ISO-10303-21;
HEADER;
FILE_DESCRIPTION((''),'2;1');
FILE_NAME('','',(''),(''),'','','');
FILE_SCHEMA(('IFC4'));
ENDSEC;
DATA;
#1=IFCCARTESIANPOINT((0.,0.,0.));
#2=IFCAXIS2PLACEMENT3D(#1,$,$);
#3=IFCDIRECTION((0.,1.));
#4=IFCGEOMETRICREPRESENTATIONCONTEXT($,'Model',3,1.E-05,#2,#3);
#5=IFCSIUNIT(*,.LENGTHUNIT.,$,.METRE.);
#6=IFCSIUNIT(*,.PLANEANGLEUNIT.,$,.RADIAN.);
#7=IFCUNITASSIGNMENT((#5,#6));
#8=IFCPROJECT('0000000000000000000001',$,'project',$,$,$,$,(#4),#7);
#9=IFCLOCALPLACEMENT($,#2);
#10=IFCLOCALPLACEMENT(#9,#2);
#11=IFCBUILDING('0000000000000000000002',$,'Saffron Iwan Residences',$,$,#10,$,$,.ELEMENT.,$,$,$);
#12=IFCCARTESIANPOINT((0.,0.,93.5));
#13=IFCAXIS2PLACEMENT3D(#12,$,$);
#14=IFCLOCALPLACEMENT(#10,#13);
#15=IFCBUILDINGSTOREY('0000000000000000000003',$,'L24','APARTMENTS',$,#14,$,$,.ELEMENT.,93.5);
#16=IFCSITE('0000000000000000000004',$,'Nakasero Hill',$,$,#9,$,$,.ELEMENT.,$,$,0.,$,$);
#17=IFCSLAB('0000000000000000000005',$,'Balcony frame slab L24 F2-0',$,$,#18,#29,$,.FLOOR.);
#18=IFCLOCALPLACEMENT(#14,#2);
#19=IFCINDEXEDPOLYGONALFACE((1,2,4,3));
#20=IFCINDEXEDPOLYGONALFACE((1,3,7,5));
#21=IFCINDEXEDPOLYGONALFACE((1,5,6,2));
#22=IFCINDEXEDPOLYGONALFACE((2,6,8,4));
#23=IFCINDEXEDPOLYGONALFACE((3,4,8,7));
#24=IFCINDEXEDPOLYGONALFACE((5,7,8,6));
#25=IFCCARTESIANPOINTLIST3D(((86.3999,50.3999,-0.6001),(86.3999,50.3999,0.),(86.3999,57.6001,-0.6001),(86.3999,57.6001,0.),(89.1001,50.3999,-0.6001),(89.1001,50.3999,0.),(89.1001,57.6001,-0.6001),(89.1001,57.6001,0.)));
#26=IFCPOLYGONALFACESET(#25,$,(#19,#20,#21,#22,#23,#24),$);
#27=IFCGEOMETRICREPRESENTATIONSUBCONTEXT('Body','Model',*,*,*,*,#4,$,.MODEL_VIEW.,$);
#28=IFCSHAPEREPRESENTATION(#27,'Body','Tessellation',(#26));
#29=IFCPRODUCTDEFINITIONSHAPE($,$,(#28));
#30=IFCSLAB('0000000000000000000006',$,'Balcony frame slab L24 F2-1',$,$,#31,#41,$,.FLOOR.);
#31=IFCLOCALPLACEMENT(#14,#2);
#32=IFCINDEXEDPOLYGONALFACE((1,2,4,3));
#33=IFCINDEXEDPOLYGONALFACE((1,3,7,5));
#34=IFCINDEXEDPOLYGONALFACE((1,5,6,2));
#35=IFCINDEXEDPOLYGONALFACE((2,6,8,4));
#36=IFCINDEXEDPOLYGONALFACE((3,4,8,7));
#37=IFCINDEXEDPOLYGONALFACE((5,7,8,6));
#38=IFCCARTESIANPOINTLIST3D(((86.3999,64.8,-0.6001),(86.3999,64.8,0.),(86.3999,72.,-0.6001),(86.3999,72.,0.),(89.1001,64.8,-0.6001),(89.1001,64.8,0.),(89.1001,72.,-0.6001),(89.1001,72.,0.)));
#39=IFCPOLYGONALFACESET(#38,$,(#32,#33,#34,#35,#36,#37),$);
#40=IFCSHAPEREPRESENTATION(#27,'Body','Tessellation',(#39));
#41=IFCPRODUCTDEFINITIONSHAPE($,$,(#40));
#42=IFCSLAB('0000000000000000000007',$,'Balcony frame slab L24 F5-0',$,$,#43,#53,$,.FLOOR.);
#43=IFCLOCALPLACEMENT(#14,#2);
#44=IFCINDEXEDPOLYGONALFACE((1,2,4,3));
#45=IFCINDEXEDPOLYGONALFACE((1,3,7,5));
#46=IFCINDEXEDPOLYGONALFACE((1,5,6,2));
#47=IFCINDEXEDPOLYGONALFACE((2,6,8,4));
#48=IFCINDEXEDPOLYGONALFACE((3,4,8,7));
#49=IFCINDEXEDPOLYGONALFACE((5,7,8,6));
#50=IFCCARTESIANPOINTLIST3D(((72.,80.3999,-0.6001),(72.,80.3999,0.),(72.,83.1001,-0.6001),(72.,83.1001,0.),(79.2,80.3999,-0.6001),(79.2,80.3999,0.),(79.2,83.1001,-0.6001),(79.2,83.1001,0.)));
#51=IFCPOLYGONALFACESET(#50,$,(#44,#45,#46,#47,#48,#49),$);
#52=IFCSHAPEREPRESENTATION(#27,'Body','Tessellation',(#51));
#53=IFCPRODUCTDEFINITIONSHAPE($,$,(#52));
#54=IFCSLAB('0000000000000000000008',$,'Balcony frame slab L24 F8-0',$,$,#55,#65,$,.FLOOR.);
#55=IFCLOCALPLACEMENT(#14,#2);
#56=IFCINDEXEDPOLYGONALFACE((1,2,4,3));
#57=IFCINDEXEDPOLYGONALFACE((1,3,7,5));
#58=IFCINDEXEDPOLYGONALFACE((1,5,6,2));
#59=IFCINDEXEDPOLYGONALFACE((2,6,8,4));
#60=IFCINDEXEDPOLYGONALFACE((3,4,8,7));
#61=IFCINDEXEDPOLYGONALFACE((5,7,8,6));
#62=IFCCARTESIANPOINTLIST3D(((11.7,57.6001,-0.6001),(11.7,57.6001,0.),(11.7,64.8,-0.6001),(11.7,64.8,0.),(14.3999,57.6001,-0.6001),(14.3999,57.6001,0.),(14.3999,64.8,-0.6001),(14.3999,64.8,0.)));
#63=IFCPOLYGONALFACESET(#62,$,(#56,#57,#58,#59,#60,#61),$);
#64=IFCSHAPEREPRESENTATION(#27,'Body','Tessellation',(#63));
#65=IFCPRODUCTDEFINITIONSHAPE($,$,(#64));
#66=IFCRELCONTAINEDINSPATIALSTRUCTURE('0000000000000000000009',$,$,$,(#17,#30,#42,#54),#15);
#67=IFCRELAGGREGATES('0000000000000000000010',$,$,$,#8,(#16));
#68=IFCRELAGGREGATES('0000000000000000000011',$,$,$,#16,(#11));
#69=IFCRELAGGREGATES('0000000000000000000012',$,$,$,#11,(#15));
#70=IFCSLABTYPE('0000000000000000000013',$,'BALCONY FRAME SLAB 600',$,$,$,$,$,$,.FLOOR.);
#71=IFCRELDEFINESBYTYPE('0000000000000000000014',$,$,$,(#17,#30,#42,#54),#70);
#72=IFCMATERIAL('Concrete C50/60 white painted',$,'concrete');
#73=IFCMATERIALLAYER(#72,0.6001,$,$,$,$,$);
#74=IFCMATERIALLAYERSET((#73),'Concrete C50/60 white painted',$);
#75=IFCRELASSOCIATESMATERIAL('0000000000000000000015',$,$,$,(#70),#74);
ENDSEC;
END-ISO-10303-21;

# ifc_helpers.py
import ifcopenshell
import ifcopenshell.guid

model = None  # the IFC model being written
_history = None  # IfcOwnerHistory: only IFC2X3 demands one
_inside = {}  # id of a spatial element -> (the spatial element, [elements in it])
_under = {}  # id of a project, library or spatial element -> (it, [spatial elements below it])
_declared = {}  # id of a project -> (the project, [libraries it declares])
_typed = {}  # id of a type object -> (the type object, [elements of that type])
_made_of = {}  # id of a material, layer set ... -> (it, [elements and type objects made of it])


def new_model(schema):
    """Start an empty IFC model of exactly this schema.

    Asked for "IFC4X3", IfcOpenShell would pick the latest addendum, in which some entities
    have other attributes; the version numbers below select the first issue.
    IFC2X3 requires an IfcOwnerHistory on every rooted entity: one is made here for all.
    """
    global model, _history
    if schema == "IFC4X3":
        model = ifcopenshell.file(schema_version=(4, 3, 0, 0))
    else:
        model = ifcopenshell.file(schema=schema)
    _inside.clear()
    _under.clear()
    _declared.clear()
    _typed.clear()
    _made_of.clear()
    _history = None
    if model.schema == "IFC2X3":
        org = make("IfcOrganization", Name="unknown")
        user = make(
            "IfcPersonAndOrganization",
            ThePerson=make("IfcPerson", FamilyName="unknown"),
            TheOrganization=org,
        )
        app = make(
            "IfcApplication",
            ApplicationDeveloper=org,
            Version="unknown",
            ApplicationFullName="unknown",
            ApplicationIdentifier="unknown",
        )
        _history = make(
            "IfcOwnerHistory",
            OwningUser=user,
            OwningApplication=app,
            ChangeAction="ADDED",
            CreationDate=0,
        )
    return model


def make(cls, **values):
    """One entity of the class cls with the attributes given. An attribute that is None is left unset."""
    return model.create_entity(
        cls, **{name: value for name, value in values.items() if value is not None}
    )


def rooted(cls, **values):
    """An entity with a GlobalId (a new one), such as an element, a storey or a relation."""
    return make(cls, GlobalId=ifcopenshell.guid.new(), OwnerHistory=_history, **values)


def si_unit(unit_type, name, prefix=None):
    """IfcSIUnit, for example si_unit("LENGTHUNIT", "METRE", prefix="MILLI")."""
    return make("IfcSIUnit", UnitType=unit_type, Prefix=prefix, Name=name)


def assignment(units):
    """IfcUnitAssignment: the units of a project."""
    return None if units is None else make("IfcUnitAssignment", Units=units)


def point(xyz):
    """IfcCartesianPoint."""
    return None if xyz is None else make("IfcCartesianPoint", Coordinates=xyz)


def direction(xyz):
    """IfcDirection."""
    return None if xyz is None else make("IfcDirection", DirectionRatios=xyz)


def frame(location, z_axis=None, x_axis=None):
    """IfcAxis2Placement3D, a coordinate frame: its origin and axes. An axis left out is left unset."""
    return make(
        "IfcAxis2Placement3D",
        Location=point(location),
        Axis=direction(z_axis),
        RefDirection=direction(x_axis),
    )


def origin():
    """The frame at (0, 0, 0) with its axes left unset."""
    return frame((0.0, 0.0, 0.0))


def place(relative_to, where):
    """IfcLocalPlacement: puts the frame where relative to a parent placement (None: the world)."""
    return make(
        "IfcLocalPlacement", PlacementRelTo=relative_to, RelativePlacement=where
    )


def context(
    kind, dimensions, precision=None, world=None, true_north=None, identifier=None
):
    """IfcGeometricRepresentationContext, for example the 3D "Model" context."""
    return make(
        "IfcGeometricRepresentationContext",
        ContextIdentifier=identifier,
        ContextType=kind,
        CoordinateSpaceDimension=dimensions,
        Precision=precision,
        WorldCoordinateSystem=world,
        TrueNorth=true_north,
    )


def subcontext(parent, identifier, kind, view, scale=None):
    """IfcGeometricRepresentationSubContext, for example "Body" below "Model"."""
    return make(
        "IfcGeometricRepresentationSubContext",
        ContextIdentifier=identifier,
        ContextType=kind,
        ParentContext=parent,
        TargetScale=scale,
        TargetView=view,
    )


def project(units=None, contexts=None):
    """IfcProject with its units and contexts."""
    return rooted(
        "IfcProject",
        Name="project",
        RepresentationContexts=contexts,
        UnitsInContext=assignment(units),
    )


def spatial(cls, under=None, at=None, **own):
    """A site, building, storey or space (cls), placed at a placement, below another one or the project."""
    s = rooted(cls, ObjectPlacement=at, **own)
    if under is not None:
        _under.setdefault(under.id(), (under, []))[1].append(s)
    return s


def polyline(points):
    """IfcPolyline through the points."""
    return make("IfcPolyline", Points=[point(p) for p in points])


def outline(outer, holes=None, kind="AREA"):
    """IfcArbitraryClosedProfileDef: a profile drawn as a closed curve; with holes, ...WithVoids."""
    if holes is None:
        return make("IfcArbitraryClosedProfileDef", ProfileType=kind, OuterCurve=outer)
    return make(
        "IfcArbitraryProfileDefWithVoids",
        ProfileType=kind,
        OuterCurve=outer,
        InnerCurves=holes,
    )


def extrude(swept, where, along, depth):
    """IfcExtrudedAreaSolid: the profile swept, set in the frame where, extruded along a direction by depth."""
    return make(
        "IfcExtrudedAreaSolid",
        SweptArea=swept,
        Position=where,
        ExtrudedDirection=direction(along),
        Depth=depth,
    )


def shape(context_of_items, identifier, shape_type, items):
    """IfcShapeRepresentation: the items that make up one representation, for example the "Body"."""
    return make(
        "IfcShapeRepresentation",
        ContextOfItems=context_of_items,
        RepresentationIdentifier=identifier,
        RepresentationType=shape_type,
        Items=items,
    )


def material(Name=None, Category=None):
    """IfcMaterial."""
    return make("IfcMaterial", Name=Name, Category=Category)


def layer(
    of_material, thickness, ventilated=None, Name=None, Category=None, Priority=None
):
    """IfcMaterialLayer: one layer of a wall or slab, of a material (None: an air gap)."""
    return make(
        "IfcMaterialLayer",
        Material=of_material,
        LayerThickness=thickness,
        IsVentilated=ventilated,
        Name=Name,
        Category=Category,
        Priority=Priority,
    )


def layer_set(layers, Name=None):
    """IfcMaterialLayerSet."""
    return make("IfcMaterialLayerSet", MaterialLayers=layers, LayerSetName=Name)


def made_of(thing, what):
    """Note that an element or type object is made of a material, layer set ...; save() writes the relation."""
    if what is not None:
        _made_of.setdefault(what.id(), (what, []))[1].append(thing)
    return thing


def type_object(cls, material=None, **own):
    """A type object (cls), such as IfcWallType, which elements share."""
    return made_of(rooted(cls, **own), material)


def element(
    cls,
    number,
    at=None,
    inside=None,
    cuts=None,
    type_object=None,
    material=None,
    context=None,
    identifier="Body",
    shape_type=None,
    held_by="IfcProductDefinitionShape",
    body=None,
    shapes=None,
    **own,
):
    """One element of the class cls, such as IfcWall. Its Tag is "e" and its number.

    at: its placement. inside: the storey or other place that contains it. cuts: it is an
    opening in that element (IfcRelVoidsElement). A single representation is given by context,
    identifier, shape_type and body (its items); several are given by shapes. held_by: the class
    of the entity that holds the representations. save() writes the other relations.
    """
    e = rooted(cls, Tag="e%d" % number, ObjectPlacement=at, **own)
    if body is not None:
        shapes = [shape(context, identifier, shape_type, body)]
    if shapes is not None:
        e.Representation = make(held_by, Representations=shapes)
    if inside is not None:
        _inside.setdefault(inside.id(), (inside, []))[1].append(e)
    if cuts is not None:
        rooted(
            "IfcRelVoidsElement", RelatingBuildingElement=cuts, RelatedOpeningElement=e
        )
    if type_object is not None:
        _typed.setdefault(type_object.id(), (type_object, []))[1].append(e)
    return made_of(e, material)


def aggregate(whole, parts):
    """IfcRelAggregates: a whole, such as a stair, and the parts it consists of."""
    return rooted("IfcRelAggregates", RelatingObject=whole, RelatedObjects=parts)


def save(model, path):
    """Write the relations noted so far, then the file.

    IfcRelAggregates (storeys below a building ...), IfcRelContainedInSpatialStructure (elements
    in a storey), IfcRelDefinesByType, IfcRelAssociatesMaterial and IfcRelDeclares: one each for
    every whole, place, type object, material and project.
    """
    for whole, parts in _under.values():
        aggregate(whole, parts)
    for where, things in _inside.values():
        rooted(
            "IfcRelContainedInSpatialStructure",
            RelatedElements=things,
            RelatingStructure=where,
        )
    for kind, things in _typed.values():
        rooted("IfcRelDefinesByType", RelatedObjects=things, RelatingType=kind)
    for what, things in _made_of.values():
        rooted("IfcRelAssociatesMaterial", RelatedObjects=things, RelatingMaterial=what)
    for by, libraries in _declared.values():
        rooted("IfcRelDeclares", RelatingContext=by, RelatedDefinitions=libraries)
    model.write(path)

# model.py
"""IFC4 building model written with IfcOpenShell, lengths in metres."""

from ifc_helpers import new_model, si_unit, direction, frame, origin, place, context, subcontext, project, spatial, polyline, outline, extrude, material, layer, layer_set, type_object, element, save


model = new_model("IFC4")

# Units and contexts
model_context = context("Model", 3, precision=1e-05, world=origin(), true_north=direction((0.0, 1.0)))
body_context = subcontext(model_context, "Body", "Model", "MODEL_VIEW")
ifc_project = project(units=[si_unit("LENGTHUNIT", "METRE"), si_unit("PLANEANGLEUNIT", "RADIAN")], contexts=[model_context])

# Site, building, storey
site_placement = place(None, origin())
site = spatial("IfcSite", under=ifc_project, at=site_placement, Name="Nakasero Hill", CompositionType="ELEMENT", RefElevation=0.0)
building_placement = place(site_placement, origin())
building = spatial("IfcBuilding", under=site, at=building_placement, Name="Saffron Iwan Residences", CompositionType="ELEMENT")
storey_placement = place(building_placement, frame((0.0, 0.0, 93.5)))
storey = spatial("IfcBuildingStorey", under=building, at=storey_placement, Name="L24", Description="APARTMENTS", CompositionType="ELEMENT", Elevation=93.5)

# Slabs
ifc_material_1 = material(Name="Concrete C50/60 white painted", Category="concrete")
ifc_layer_1 = layer(ifc_material_1, 0.6001)
ifc_layer_set_1 = layer_set([ifc_layer_1], Name="Concrete C50/60 white painted")
slab_type_1 = type_object("IfcSlabType", Name="BALCONY FRAME SLAB 600", PredefinedType="FLOOR", material=ifc_layer_set_1)
slab_1_placement = place(storey_placement, frame((0.0, 0.0, -0.6001)))
element("IfcSlab", 1, at=slab_1_placement, inside=storey, type_object=slab_type_1, Name="Balcony frame slab L24 F2-0", PredefinedType="FLOOR", context=body_context, shape_type="SweptSolid", body=[
    extrude(outline(polyline([(89.1001, 50.3999), (89.1001, 57.6001), (86.3999, 57.6001), (86.3999, 50.3999), (89.1001, 50.3999)])), origin(), (0.0, 0.0, 1.0), 0.6001),
])
slab_2_placement = place(storey_placement, frame((0.0, 0.0, -0.6001)))
element("IfcSlab", 2, at=slab_2_placement, inside=storey, type_object=slab_type_1, Name="Balcony frame slab L24 F2-1", PredefinedType="FLOOR", context=body_context, shape_type="SweptSolid", body=[
    extrude(outline(polyline([(89.1001, 64.8), (89.1001, 72.0), (86.3999, 72.0), (86.3999, 64.8), (89.1001, 64.8)])), origin(), (0.0, 0.0, 1.0), 0.6001),
])
slab_3_placement = place(storey_placement, frame((0.0, 0.0, -0.6001)))
element("IfcSlab", 3, at=slab_3_placement, inside=storey, type_object=slab_type_1, Name="Balcony frame slab L24 F5-0", PredefinedType="FLOOR", context=body_context, shape_type="SweptSolid", body=[
    extrude(outline(polyline([(79.2, 83.1001), (72.0, 83.1001), (72.0, 80.3999), (79.2, 80.3999), (79.2, 83.1001)])), origin(), (0.0, 0.0, 1.0), 0.6001),
])
slab_4_placement = place(storey_placement, frame((0.0, 0.0, -0.6001)))
element("IfcSlab", 4, at=slab_4_placement, inside=storey, type_object=slab_type_1, Name="Balcony frame slab L24 F8-0", PredefinedType="FLOOR", context=body_context, shape_type="SweptSolid", body=[
    extrude(outline(polyline([(11.7, 64.8), (11.7, 57.6001), (14.3999, 57.6001), (14.3999, 64.8), (11.7, 64.8)])), origin(), (0.0, 0.0, 1.0), 0.6001),
])

save(model, "model.ifc")
